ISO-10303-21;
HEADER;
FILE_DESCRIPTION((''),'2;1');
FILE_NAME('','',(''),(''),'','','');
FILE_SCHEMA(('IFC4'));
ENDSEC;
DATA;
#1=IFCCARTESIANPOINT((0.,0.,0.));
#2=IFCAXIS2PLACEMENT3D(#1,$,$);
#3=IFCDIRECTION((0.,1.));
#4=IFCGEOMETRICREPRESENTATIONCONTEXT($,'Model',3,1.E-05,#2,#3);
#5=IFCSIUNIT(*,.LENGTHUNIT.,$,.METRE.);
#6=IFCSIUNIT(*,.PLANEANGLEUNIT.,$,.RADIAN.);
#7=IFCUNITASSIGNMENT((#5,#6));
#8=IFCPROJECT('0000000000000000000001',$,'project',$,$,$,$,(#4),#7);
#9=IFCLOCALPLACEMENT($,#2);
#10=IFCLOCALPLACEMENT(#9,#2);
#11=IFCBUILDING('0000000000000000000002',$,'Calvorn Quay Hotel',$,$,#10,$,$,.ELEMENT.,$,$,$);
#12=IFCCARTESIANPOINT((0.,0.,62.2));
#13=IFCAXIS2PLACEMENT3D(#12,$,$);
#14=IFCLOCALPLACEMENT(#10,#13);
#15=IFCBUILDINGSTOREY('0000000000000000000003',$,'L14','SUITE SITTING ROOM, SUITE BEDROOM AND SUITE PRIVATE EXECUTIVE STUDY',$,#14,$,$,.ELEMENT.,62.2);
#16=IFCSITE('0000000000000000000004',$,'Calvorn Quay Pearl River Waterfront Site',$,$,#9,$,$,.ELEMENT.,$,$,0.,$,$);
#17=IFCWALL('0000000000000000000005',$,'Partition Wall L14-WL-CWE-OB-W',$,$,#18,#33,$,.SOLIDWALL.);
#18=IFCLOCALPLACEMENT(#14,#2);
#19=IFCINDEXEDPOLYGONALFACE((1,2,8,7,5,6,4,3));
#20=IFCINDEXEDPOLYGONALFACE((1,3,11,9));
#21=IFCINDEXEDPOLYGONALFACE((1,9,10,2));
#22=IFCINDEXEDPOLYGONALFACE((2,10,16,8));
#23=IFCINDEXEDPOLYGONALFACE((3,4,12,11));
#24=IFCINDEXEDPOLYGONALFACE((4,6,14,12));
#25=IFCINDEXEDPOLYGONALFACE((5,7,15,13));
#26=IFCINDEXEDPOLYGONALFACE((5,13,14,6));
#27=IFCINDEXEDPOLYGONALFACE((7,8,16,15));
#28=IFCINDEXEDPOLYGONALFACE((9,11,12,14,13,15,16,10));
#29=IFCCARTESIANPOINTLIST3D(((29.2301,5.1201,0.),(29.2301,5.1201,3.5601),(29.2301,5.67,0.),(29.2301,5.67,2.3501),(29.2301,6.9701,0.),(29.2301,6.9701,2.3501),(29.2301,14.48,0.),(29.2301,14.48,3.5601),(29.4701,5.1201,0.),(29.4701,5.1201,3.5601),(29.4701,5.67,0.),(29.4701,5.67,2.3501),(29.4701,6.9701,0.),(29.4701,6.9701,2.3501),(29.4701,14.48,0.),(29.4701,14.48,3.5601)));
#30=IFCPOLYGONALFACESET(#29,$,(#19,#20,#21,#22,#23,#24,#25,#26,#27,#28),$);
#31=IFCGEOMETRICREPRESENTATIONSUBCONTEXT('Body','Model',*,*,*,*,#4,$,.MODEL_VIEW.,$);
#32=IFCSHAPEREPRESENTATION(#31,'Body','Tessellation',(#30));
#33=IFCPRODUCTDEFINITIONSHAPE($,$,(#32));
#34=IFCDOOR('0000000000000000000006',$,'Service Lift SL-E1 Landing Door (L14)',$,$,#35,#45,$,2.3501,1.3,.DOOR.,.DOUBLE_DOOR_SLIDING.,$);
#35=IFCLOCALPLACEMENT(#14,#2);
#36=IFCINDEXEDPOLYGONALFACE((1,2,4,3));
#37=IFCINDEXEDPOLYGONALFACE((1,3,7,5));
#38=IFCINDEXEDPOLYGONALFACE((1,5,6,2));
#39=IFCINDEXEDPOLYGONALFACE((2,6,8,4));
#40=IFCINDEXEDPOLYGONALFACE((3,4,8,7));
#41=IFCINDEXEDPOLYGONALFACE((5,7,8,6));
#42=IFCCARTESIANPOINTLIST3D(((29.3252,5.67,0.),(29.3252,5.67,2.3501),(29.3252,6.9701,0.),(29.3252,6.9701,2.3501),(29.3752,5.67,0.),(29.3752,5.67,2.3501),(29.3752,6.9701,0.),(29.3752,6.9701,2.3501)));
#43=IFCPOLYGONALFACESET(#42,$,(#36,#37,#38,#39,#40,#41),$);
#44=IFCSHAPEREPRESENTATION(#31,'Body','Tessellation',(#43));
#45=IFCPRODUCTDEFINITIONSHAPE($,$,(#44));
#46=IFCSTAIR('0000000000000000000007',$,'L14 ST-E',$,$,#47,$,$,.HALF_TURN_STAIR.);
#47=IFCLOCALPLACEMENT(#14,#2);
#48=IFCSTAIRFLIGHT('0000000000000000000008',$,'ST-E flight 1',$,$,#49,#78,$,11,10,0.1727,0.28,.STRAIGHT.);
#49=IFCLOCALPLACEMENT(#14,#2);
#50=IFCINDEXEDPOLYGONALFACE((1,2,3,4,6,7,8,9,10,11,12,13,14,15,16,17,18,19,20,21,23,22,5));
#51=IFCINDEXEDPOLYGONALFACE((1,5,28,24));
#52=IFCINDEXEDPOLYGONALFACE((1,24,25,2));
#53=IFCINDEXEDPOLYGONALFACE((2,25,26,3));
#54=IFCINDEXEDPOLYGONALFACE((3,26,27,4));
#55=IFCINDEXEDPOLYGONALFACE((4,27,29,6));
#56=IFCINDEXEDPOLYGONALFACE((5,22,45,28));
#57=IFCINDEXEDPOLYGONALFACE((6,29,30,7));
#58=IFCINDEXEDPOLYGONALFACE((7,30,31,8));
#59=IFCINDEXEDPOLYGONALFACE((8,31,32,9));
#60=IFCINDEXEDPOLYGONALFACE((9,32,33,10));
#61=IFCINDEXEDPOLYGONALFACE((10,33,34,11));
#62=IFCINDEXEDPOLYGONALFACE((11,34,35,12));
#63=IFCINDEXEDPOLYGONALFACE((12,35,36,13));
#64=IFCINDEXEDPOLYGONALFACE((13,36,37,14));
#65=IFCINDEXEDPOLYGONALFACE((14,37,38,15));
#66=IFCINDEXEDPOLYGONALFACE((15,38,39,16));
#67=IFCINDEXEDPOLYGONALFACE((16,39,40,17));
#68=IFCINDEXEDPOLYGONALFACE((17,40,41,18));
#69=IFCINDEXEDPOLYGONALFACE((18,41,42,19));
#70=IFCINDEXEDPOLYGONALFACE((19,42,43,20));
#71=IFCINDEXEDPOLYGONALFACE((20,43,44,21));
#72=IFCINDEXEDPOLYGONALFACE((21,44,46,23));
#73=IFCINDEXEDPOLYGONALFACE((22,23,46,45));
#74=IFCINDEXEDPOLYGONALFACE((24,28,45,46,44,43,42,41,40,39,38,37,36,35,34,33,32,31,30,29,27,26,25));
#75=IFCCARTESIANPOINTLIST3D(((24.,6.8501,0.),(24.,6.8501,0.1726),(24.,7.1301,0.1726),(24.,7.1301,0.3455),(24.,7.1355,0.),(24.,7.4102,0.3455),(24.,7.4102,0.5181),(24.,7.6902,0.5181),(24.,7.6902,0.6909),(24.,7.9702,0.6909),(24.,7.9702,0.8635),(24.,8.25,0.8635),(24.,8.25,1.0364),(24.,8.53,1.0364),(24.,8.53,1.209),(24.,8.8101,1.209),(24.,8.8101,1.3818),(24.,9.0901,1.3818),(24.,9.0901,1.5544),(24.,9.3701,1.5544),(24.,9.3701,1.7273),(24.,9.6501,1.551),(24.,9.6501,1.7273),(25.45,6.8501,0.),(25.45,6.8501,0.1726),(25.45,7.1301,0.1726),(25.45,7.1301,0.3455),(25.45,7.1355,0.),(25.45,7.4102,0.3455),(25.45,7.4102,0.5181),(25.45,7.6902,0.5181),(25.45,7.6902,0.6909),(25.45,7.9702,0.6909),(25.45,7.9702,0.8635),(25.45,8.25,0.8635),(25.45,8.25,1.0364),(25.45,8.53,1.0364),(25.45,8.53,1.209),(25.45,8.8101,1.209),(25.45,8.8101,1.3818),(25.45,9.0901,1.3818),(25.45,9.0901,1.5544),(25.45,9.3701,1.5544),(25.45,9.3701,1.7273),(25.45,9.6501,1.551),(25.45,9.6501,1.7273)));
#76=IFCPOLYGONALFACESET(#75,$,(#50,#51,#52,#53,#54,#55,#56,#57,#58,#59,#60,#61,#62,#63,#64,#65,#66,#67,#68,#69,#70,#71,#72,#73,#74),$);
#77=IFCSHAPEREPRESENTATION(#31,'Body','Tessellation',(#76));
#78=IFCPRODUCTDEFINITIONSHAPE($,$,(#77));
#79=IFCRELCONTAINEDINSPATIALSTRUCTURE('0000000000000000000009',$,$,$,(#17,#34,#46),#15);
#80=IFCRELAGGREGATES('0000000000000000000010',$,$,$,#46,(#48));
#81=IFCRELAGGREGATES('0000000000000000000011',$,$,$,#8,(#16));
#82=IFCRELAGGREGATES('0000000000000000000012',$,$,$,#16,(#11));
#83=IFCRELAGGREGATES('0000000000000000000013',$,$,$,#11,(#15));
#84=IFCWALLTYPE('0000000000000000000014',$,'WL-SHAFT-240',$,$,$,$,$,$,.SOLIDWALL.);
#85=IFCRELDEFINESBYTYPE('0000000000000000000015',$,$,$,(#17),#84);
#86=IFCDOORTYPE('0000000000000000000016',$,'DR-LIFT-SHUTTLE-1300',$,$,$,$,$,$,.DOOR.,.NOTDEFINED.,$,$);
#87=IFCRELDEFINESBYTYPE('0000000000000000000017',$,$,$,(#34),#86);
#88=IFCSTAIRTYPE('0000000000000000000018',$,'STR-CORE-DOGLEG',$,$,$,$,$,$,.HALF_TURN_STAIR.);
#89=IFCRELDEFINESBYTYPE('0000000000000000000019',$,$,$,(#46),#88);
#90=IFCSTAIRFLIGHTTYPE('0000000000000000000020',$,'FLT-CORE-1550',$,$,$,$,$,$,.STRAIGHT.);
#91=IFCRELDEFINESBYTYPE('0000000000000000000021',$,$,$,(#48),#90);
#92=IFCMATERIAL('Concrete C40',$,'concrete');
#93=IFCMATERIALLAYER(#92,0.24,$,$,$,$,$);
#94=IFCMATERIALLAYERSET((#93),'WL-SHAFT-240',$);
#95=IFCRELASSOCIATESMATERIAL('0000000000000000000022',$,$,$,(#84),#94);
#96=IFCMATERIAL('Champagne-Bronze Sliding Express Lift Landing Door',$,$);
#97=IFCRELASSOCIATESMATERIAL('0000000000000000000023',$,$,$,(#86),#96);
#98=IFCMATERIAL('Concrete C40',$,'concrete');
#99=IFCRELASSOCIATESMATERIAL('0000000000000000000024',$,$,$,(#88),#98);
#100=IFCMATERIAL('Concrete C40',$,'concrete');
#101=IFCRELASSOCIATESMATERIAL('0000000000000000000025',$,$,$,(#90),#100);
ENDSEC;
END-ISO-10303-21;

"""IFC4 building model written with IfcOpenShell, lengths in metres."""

from ifc_helpers import new_model, si_unit, direction, frame, frame_2d, origin, place, context, subcontext, project, spatial, polyline, rectangle, outline, extrude, material, layer, layer_set, type_object, element, fill, aggregate, save


model = new_model("IFC4")

# Units and contexts
model_context = context("Model", 3, precision=1e-05, world=origin(), true_north=direction((0.0, 1.0)))
body_context = subcontext(model_context, "Body", "Model", "MODEL_VIEW")
ifc_project = project(units=[si_unit("LENGTHUNIT", "METRE"), si_unit("PLANEANGLEUNIT", "RADIAN")], contexts=[model_context])

# Site, building, storey
site_placement = place(None, origin())
site = spatial("IfcSite", under=ifc_project, at=site_placement, Name="Calvorn Quay Pearl River Waterfront Site", CompositionType="ELEMENT", RefElevation=0.0)
building_placement = place(site_placement, origin())
building = spatial("IfcBuilding", under=site, at=building_placement, Name="Calvorn Quay Hotel", CompositionType="ELEMENT")
storey_placement = place(building_placement, frame((0.0, 0.0, 62.2)))
storey = spatial("IfcBuildingStorey", under=building, at=storey_placement, Name="L14", Description="SUITE SITTING ROOM, SUITE BEDROOM AND SUITE PRIVATE EXECUTIVE STUDY", CompositionType="ELEMENT", Elevation=62.2)

# Shared definitions
ifc_material_1 = material(Name="Concrete C40", Category="concrete")
ifc_layer_1 = layer(ifc_material_1, 0.24)
ifc_layer_set_1 = layer_set([ifc_layer_1], Name="WL-SHAFT-240")
wall_type_1 = type_object("IfcWallType", Name="WL-SHAFT-240", PredefinedType="SOLIDWALL", material=ifc_layer_set_1)

# Shared definitions
ifc_material_2 = material(Name="Champagne-Bronze Sliding Express Lift Landing Door")
door_type_1 = type_object("IfcDoorType", Name="DR-LIFT-SHUTTLE-1300", OperationType="NOTDEFINED", PredefinedType="DOOR", material=ifc_material_2)

# Wall, opening, door
wall_1_placement = place(storey_placement, frame((29.3501, 5.1201, 0.0), z_axis=(0.0, 0.0, 1.0), x_axis=(0.0, 1.0, 0.0)))
wall_1 = element("IfcWall", 1, at=wall_1_placement, inside=storey, type_object=wall_type_1, Name="Partition Wall L14-WL-CWE-OB-W", PredefinedType="SOLIDWALL", context=body_context, shape_type="SweptSolid", body=[
    extrude(rectangle(XDim=9.3599, YDim=0.24, at=frame_2d((4.6799, 0.0))), origin(), (0.0, 0.0, 1.0), 3.5601),
])
opening_1_placement = place(wall_1_placement, frame((0.55, 0.0, 0.0)))
opening_1 = element("IfcOpeningElement", 2, at=opening_1_placement, cuts=wall_1, PredefinedType="OPENING", context=body_context, shape_type="SweptSolid", body=[
    extrude(rectangle(XDim=1.3, YDim=2.3501, at=frame_2d((0.6499, 1.175))), frame((0.0, 0.1299, 0.0), z_axis=(0.0, -1.0, 0.0), x_axis=(1.0, 0.0, 0.0)), (0.0, 0.0, 1.0), 0.26),
])
door_1_placement = place(opening_1_placement, origin())
door_1 = element("IfcDoor", 3, at=door_1_placement, inside=storey, type_object=door_type_1, Name="Service Lift SL-E1 Landing Door (L14)", OperationType="DOUBLE_DOOR_SLIDING", OverallHeight=2.3501, OverallWidth=1.3, PredefinedType="DOOR", context=body_context, shape_type="SweptSolid", body=[
    extrude(rectangle(XDim=1.3, YDim=2.3501, at=frame_2d((0.6499, 1.175))), frame((0.0, 0.0249, 0.0), z_axis=(0.0, -1.0, 0.0), x_axis=(1.0, 0.0, 0.0)), (0.0, 0.0, 1.0), 0.05),
])
fill(opening_1, door_1)

# Stair, stair flight
ifc_material_3 = material(Name="Concrete C40", Category="concrete")
stair_type = type_object("IfcStairType", Name="STR-CORE-DOGLEG", PredefinedType="HALF_TURN_STAIR", material=ifc_material_3)
stair_placement = place(storey_placement, origin())
stair = element("IfcStair", 4, at=stair_placement, inside=storey, type_object=stair_type, Name="L14 ST-E", PredefinedType="HALF_TURN_STAIR")
ifc_material_4 = material(Name="Concrete C40", Category="concrete")
stair_flight_type = type_object("IfcStairFlightType", Name="FLT-CORE-1550", PredefinedType="STRAIGHT", material=ifc_material_4)
stair_flight_placement = place(storey_placement, frame((24.7251, 6.8501, 0.0), z_axis=(0.0, 0.0, 1.0), x_axis=(0.0, 1.0, 0.0)))
stair_flight = element("IfcStairFlight", 5, at=stair_flight_placement, type_object=stair_flight_type, Name="ST-E flight 1", NumberOfRisers=11, NumberOfTreads=10, PredefinedType="STRAIGHT", RiserHeight=0.1727, TreadLength=0.28, context=body_context, shape_type="SweptSolid", body=[
    extrude(outline(polyline([(0.0, 0.0), (0.0, 0.1726), (0.28, 0.1726), (0.28, 0.3455), (0.5601, 0.3455), (0.5601, 0.5181), (0.8401, 0.5181), (0.8401, 0.6909), (1.1201, 0.6909), (1.1201, 0.8635), (1.3999, 0.8635), (1.3999, 1.0364), (1.6799, 1.0364), (1.6799, 1.209), (1.96, 1.209), (1.96, 1.3818), (2.24, 1.3818), (2.24, 1.5544), (2.52, 1.5544), (2.52, 1.7273), (2.8, 1.7273), (2.8, 1.8999), (2.8, 1.551), (0.2854, 0.0), (0.0, 0.0)])), frame((0.0, 0.7251, 0.0), z_axis=(0.0, -1.0, 0.0), x_axis=(1.0, 0.0, 0.0)), (0.0, 0.0, 1.0), 1.45),
])
aggregate(stair, [stair_flight])

save(model, "model.ifc")
